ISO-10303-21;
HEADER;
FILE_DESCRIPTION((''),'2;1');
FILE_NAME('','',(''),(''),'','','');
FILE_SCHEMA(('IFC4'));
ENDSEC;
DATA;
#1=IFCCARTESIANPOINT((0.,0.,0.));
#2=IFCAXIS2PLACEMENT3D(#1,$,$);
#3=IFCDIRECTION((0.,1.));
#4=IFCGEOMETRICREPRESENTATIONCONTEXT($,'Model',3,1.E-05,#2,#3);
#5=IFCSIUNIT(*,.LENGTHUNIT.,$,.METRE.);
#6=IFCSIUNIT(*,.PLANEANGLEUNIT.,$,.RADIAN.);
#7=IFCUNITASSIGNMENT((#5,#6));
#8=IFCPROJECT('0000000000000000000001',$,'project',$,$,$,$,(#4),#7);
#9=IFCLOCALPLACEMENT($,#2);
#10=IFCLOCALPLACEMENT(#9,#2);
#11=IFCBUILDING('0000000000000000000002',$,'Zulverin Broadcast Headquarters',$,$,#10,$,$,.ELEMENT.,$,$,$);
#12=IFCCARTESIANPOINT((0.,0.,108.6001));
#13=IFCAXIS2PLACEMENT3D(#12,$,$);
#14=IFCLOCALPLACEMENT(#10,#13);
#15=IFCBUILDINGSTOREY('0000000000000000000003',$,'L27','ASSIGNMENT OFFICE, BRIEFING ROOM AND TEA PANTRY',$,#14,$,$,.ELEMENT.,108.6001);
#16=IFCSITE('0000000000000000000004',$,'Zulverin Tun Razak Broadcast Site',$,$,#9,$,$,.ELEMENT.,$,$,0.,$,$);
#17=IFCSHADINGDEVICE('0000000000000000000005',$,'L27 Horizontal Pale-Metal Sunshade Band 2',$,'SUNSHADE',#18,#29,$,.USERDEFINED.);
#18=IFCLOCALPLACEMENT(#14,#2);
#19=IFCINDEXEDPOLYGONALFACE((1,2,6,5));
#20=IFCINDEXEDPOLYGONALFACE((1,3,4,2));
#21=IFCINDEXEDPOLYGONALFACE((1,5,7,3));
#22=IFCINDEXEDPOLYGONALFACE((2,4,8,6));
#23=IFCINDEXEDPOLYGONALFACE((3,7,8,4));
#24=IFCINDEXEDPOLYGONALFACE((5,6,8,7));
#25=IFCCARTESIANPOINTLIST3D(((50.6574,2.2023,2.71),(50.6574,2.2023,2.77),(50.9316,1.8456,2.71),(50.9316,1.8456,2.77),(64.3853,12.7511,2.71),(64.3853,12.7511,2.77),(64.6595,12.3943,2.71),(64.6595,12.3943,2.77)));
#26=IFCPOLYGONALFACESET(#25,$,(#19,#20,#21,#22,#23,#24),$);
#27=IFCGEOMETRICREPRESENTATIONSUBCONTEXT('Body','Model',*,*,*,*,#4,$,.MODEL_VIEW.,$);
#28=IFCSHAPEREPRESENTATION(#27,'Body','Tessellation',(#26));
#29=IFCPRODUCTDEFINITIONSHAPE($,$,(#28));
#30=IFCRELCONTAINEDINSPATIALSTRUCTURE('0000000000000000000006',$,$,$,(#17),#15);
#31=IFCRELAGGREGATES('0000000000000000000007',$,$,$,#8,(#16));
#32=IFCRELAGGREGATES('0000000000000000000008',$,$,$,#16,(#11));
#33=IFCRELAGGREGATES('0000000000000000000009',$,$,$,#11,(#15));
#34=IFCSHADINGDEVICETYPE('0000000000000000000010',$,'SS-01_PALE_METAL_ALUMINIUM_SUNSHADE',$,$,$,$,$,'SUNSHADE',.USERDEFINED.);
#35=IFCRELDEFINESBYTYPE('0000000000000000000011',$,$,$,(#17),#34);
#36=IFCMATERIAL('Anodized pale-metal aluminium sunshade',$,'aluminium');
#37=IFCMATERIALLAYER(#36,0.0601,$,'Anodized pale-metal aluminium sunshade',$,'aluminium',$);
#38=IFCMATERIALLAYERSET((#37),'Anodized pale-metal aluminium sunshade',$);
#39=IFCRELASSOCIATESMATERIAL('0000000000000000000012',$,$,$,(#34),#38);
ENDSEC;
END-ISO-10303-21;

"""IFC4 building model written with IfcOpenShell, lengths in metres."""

from ifc_helpers import new_model, si_unit, direction, frame, origin, origin_2d, place, context, subcontext, project, spatial, rectangle, extrude, material, layer, layer_set, type_object, element, save


model = new_model("IFC4")

# Units and contexts
model_context = context("Model", 3, precision=1e-05, world=origin(), true_north=direction((0.0, 1.0)))
body_context = subcontext(model_context, "Body", "Model", "MODEL_VIEW")
ifc_project = project(units=[si_unit("LENGTHUNIT", "METRE"), si_unit("PLANEANGLEUNIT", "RADIAN")], contexts=[model_context])

# Site, building, storey
site_placement = place(None, origin())
site = spatial("IfcSite", under=ifc_project, at=site_placement, Name="Zulverin Tun Razak Broadcast Site", CompositionType="ELEMENT", RefElevation=0.0)
building_placement = place(site_placement, origin())
building = spatial("IfcBuilding", under=site, at=building_placement, Name="Zulverin Broadcast Headquarters", CompositionType="ELEMENT")
storey_placement = place(building_placement, frame((0.0, 0.0, 108.6001)))
storey = spatial("IfcBuildingStorey", under=building, at=storey_placement, Name="L27", Description="ASSIGNMENT OFFICE, BRIEFING ROOM AND TEA PANTRY", CompositionType="ELEMENT", Elevation=108.6001)

# Shading device
ifc_material_1 = material(Name="Anodized pale-metal aluminium sunshade", Category="aluminium")
ifc_layer_1 = layer(ifc_material_1, 0.0601, Name="Anodized pale-metal aluminium sunshade", Category="aluminium")
ifc_layer_set_1 = layer_set([ifc_layer_1], Name="Anodized pale-metal aluminium sunshade")
shading_device_type = type_object("IfcShadingDeviceType", Name="SS-01_PALE_METAL_ALUMINIUM_SUNSHADE", ElementType="SUNSHADE", PredefinedType="USERDEFINED", material=ifc_layer_set_1)
shading_device_placement = place(storey_placement, frame((57.6584, 7.2983, 2.71), z_axis=(0.0, 0.0, 1.0), x_axis=(0.792933, 0.609308, 0.0)))
element("IfcShadingDevice", 1, at=shading_device_placement, inside=storey, type_object=shading_device_type, Name="L27 Horizontal Pale-Metal Sunshade Band 2", ObjectType="SUNSHADE", PredefinedType="USERDEFINED", context=body_context, shape_type="SweptSolid", body=[
    extrude(rectangle(XDim=17.3127, YDim=0.45, at=origin_2d()), origin(), (0.0, 0.0, 1.0), 0.0601),
])

save(model, "model.ifc")
